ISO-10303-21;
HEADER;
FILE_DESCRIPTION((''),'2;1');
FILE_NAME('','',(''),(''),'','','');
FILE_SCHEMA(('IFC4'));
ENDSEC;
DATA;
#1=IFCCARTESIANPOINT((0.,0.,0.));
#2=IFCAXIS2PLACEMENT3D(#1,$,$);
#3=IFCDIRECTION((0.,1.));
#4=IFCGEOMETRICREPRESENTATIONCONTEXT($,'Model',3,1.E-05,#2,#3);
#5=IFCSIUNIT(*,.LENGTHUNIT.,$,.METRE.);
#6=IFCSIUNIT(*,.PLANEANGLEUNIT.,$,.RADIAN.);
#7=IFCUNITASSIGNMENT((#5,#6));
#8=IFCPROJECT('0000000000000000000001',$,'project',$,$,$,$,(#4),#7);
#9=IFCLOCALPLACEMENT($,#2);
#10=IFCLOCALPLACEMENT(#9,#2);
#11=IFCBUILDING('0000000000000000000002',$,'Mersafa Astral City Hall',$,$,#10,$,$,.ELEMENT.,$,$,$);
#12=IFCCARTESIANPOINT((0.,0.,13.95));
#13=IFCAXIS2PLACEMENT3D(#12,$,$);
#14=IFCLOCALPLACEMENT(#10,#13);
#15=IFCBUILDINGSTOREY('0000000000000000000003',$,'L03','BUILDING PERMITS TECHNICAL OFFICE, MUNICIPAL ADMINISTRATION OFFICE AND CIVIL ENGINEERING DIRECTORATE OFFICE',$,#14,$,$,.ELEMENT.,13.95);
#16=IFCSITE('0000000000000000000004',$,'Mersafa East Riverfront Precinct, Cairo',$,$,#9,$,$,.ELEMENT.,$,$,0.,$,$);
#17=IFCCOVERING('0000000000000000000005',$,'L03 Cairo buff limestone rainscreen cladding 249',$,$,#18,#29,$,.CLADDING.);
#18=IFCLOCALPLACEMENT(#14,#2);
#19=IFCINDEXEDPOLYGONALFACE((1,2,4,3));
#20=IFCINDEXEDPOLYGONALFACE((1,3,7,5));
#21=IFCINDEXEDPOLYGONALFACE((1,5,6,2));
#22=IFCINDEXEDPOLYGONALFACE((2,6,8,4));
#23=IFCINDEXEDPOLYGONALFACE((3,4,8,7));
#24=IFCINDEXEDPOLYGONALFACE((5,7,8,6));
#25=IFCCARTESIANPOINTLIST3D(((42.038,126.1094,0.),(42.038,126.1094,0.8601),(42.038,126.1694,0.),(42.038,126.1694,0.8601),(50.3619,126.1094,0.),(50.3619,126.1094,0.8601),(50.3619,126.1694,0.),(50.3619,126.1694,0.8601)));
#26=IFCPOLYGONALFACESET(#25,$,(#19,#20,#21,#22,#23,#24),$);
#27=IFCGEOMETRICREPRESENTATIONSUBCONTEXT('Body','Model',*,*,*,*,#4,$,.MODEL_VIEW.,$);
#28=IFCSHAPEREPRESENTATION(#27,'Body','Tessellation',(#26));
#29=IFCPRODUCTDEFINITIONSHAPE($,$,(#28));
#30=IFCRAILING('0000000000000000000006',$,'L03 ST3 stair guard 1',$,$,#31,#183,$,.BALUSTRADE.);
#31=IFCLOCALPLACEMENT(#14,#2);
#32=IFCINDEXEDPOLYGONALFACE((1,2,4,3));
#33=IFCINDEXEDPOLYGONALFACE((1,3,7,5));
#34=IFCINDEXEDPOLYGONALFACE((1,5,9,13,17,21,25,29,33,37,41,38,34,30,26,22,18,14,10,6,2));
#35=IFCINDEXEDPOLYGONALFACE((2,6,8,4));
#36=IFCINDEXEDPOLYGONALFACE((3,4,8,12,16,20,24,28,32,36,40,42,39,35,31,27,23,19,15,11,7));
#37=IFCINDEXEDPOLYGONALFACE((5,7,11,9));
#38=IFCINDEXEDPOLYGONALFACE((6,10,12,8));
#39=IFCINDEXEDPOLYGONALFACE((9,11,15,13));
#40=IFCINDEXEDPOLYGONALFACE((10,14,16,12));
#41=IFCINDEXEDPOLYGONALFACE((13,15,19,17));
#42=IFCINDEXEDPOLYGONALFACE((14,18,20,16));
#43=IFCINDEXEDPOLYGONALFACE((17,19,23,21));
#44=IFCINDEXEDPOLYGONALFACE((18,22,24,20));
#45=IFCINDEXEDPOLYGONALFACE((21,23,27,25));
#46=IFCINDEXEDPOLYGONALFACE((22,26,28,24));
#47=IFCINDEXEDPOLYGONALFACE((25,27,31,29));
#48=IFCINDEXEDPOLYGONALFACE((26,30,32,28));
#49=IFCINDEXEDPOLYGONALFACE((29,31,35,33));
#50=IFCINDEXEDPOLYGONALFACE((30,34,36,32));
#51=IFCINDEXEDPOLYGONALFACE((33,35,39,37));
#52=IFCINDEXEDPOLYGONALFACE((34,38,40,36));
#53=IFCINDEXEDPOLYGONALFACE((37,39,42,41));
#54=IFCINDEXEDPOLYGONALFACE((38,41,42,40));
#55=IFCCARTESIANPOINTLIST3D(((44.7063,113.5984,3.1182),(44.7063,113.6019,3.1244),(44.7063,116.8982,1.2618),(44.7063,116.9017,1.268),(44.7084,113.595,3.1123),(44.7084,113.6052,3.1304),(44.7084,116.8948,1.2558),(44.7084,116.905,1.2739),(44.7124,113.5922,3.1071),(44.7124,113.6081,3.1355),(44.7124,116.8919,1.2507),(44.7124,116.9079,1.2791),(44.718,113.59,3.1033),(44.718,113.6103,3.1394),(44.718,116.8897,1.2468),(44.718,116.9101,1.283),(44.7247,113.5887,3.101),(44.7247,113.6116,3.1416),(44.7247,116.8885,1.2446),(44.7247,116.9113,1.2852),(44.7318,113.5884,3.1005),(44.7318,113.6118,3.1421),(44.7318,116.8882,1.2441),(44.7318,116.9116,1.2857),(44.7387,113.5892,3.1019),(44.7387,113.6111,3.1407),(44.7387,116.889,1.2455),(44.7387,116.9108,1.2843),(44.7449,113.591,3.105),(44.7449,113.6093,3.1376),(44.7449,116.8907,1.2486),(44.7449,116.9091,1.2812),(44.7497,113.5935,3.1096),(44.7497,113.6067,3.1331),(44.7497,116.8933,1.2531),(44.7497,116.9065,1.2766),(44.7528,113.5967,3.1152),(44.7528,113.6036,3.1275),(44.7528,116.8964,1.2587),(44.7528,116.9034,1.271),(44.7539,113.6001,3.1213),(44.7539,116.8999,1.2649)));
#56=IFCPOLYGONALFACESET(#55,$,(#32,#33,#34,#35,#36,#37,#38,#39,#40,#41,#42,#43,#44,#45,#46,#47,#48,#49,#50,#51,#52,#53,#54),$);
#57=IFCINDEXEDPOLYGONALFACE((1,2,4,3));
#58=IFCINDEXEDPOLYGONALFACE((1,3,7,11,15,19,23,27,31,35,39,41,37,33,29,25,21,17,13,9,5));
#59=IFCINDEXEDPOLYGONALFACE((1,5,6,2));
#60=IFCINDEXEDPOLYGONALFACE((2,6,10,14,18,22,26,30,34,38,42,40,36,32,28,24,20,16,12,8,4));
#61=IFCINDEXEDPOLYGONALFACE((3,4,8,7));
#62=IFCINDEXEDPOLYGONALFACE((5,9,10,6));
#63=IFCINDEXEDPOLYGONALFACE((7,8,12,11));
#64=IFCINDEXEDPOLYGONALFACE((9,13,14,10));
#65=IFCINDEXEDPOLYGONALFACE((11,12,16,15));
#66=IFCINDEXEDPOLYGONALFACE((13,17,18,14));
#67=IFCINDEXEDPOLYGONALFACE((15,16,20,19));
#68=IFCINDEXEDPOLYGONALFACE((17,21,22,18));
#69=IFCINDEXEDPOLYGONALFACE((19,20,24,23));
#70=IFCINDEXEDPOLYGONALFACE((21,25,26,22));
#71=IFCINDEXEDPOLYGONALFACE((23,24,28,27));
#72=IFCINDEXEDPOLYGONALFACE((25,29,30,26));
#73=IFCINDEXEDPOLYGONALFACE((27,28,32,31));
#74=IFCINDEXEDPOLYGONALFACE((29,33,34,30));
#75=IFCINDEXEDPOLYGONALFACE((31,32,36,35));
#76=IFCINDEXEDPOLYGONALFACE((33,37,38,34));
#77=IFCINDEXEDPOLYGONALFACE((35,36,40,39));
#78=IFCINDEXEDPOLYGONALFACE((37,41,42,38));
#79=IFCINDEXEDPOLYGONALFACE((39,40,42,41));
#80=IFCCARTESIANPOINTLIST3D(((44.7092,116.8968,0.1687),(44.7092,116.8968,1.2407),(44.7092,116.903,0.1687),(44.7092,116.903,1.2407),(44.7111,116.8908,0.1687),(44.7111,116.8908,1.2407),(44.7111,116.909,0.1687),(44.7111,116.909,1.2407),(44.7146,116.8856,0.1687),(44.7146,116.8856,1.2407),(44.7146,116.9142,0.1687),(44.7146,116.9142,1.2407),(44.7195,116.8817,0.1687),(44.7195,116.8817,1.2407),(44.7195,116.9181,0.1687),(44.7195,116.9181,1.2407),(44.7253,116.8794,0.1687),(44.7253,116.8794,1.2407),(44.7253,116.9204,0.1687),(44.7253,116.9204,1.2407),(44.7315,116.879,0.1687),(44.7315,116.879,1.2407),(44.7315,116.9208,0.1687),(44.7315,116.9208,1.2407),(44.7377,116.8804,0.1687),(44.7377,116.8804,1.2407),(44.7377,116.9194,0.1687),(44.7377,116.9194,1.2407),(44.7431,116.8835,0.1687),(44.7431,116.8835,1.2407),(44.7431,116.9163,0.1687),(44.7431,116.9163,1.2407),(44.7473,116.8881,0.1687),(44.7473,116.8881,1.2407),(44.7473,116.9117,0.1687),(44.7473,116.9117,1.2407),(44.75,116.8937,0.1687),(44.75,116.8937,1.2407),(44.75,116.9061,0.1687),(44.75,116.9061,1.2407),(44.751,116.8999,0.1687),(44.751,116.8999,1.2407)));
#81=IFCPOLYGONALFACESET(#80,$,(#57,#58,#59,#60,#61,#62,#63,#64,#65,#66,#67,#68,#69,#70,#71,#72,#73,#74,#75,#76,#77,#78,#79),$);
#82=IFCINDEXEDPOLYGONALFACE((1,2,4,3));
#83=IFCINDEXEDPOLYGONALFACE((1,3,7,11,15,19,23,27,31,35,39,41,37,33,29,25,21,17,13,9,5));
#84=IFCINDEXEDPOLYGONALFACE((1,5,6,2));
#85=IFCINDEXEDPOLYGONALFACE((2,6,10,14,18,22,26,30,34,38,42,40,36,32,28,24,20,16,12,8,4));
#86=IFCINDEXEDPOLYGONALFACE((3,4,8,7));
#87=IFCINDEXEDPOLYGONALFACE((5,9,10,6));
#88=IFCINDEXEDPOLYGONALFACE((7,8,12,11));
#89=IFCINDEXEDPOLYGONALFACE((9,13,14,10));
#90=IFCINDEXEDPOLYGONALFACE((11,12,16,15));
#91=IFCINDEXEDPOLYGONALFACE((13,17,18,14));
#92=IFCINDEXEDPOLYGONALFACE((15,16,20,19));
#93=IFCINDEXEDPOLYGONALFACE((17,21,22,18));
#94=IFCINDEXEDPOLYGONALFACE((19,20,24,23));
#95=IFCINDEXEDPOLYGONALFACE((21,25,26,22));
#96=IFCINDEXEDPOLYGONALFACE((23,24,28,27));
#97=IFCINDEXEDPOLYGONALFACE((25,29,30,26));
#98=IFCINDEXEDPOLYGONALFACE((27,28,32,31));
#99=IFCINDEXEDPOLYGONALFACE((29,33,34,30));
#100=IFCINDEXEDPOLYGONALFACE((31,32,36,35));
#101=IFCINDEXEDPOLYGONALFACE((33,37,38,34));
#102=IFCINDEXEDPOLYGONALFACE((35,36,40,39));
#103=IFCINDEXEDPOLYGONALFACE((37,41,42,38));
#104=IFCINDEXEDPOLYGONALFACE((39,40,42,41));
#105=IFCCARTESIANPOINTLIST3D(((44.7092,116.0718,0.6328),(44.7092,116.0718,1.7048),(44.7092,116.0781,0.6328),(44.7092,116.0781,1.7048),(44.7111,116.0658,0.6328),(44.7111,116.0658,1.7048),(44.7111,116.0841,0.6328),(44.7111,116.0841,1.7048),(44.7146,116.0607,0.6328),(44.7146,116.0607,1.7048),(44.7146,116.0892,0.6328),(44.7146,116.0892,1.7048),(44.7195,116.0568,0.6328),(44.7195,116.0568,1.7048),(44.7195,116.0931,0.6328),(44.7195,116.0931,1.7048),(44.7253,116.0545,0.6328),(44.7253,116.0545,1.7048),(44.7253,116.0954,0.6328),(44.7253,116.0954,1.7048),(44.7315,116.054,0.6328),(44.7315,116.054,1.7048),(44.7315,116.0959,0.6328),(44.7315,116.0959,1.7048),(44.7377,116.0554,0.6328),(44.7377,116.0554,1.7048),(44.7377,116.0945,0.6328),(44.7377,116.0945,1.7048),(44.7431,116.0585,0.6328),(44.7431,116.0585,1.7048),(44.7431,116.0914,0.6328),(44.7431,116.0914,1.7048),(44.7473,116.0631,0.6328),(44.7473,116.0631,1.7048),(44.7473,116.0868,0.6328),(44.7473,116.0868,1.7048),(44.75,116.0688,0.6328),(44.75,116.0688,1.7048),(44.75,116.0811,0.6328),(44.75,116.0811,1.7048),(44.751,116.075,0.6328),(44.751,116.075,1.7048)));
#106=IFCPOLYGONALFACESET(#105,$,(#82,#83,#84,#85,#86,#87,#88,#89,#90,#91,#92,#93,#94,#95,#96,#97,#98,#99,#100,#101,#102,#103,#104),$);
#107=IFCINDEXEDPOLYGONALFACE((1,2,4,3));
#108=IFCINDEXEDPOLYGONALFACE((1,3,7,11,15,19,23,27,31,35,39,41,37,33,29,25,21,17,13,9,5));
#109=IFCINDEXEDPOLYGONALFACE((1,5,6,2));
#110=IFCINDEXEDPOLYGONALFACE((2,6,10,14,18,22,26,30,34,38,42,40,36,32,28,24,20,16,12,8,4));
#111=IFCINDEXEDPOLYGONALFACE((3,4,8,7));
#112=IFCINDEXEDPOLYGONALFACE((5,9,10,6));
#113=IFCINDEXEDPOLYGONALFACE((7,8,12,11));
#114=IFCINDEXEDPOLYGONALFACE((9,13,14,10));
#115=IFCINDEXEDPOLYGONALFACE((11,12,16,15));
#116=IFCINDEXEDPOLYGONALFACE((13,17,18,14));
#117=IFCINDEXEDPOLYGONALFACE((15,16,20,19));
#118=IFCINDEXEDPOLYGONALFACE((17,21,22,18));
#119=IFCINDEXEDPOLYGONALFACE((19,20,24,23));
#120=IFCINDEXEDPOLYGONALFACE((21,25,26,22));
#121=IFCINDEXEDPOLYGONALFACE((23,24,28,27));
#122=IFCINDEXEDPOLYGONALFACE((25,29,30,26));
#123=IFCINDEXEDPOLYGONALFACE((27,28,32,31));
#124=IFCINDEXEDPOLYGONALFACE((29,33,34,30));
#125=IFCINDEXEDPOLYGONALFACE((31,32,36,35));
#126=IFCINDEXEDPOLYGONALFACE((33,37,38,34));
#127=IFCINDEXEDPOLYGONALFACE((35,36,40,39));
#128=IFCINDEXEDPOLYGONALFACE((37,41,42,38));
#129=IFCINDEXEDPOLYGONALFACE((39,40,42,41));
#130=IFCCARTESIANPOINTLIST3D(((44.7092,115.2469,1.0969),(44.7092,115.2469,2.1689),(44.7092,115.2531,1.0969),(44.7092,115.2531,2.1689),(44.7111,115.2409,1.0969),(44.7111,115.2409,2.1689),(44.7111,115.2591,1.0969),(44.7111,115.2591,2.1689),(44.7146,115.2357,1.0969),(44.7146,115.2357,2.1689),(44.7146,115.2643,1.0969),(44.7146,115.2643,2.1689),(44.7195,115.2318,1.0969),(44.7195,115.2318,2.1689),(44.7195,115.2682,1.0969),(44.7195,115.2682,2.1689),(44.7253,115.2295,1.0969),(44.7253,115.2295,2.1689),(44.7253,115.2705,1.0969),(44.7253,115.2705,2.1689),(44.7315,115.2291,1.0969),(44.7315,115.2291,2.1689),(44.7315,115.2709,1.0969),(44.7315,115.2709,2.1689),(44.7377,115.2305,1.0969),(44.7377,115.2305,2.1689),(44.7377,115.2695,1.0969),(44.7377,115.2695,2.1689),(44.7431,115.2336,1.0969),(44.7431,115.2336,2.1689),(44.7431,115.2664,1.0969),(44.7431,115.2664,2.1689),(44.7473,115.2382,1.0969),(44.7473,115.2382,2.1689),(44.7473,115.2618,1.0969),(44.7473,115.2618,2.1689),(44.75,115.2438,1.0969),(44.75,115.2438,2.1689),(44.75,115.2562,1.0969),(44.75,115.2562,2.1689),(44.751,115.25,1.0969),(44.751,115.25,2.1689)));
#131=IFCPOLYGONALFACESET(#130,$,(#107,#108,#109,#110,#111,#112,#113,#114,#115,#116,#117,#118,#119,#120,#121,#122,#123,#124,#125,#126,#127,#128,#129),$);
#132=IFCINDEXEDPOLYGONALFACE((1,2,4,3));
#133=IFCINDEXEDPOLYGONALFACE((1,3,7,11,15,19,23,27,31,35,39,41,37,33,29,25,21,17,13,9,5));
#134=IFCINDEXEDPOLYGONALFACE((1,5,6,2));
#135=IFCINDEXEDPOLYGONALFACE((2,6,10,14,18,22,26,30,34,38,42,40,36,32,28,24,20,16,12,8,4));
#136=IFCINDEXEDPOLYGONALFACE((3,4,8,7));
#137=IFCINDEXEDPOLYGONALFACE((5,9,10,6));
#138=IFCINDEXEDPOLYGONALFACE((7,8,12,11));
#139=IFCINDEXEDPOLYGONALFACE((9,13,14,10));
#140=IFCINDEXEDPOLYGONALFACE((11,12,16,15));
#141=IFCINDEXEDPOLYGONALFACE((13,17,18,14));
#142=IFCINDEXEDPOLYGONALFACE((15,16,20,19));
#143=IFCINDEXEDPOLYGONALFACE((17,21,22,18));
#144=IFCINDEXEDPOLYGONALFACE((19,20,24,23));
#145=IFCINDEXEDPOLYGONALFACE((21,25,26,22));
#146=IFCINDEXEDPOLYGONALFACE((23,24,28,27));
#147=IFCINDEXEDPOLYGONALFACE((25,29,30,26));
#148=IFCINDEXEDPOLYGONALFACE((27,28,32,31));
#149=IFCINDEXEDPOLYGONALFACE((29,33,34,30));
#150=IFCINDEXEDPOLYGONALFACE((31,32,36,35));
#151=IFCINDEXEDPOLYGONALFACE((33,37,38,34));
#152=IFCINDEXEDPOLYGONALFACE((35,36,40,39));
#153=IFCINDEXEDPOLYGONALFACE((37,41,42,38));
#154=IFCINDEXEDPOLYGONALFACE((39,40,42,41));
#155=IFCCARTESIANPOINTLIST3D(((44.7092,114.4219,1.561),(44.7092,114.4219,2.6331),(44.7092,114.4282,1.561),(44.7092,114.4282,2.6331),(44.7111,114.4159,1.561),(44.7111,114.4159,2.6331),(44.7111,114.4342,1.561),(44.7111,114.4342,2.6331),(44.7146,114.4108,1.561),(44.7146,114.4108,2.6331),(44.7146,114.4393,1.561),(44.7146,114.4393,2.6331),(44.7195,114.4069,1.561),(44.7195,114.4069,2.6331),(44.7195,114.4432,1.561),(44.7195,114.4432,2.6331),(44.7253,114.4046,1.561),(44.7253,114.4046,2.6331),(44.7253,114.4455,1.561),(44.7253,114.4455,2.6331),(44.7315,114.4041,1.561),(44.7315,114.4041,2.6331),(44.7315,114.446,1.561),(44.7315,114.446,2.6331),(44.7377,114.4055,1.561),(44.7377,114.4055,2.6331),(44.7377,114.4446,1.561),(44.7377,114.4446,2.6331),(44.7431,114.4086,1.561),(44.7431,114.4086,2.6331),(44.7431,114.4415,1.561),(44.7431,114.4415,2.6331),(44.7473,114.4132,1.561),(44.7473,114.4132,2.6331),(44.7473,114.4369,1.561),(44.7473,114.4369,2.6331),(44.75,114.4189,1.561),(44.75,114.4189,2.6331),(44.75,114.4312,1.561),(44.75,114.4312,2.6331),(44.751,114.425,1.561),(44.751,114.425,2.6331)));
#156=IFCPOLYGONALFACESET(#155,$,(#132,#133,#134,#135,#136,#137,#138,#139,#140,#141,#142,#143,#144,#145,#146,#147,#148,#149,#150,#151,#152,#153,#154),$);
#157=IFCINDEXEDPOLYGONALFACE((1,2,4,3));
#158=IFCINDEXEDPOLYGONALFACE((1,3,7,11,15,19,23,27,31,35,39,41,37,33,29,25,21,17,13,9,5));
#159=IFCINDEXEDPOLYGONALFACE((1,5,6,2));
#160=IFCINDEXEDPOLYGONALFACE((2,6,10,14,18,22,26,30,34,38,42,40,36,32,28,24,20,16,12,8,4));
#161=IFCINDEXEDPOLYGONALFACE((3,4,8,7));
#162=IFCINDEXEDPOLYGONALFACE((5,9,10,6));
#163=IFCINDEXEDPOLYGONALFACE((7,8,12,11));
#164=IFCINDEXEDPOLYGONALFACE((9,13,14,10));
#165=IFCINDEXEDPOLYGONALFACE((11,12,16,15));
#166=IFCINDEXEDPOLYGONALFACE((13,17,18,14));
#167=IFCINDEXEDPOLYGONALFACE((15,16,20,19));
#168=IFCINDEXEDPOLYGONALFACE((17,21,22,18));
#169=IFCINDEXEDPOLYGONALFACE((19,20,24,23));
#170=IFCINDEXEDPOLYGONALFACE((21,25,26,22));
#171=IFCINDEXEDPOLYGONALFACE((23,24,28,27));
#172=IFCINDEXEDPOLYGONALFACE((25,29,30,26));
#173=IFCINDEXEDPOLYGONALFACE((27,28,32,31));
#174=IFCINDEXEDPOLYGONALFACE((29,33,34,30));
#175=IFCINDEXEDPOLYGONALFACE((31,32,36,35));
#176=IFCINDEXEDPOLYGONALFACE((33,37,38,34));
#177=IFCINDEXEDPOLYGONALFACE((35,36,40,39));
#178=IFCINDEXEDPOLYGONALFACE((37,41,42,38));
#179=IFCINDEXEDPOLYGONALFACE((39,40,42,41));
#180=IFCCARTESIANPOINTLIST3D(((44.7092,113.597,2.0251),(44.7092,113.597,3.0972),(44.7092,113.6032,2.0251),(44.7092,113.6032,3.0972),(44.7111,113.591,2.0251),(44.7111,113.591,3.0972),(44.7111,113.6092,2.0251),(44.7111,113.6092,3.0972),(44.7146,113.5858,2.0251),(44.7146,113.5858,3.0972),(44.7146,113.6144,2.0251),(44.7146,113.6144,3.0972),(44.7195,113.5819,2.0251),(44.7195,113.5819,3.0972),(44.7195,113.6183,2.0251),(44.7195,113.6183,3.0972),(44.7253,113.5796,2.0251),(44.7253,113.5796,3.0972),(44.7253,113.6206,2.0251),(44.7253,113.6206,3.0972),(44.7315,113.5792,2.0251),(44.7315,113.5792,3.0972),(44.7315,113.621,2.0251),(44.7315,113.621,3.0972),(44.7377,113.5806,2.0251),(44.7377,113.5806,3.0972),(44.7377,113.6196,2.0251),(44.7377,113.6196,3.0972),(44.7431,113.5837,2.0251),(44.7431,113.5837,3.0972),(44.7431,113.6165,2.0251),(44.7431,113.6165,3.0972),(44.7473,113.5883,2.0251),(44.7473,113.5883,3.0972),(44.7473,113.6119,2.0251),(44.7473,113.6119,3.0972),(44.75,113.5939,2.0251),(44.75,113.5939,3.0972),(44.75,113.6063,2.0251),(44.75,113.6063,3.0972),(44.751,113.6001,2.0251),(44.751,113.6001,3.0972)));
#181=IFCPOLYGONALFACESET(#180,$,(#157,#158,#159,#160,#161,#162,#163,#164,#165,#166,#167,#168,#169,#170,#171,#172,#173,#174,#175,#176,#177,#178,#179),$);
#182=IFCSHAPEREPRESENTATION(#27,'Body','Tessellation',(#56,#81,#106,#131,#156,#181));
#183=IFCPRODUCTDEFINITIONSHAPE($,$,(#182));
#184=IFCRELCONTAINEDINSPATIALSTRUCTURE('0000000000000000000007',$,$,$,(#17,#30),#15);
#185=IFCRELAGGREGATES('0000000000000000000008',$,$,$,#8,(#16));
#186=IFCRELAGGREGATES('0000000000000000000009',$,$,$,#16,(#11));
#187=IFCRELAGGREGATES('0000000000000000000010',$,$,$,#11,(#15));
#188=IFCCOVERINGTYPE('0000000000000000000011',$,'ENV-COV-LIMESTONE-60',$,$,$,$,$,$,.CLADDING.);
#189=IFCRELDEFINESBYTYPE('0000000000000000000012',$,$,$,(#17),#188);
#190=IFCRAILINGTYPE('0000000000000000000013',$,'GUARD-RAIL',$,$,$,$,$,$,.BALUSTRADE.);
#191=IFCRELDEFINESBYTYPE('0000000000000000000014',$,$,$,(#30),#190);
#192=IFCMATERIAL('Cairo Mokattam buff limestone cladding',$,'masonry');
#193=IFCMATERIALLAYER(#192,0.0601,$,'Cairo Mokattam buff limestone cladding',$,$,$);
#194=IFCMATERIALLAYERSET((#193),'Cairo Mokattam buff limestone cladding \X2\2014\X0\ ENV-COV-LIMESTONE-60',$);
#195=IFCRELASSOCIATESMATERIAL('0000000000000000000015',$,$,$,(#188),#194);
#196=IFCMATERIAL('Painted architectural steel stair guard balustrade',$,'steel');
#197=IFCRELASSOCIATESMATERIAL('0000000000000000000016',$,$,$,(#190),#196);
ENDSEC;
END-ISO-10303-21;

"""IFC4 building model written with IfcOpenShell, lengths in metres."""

from ifc_helpers import new_model, si_unit, direction, frame, origin, origin_2d, place, context, subcontext, project, spatial, rectangle, circle, extrude, material, layer, layer_set, type_object, element, save


model = new_model("IFC4")

# Units and contexts
model_context = context("Model", 3, precision=1e-05, world=origin(), true_north=direction((0.0, 1.0)))
body_context = subcontext(model_context, "Body", "Model", "MODEL_VIEW")
ifc_project = project(units=[si_unit("LENGTHUNIT", "METRE"), si_unit("PLANEANGLEUNIT", "RADIAN")], contexts=[model_context])

# Site, building, storey
site_placement = place(None, origin())
site = spatial("IfcSite", under=ifc_project, at=site_placement, Name="Mersafa East Riverfront Precinct, Cairo", CompositionType="ELEMENT", RefElevation=0.0)
building_placement = place(site_placement, origin())
building = spatial("IfcBuilding", under=site, at=building_placement, Name="Mersafa Astral City Hall", CompositionType="ELEMENT")
storey_placement = place(building_placement, frame((0.0, 0.0, 13.95)))
storey = spatial("IfcBuildingStorey", under=building, at=storey_placement, Name="L03", Description="BUILDING PERMITS TECHNICAL OFFICE, MUNICIPAL ADMINISTRATION OFFICE AND CIVIL ENGINEERING DIRECTORATE OFFICE", CompositionType="ELEMENT", Elevation=13.95)

# Covering
ifc_material_1 = material(Name="Cairo Mokattam buff limestone cladding", Category="masonry")
ifc_layer_1 = layer(ifc_material_1, 0.0601, Name="Cairo Mokattam buff limestone cladding")
ifc_layer_set_1 = layer_set([ifc_layer_1], Name="Cairo Mokattam buff limestone cladding — ENV-COV-LIMESTONE-60")
covering_type = type_object("IfcCoveringType", Name="ENV-COV-LIMESTONE-60", PredefinedType="CLADDING", material=ifc_layer_set_1)
covering_placement = place(storey_placement, frame((46.2, 126.1394, 0.0), z_axis=(0.0, 0.0, 1.0), x_axis=(-1.0, 0.0, 0.0)))
element("IfcCovering", 1, at=covering_placement, inside=storey, type_object=covering_type, Name="L03 Cairo buff limestone rainscreen cladding 249", PredefinedType="CLADDING", context=body_context, shape_type="SweptSolid", body=[
    extrude(rectangle(XDim=8.324, YDim=0.0601, at=origin_2d()), origin(), (0.0, 0.0, 1.0), 0.8601),
])

# Railing
ifc_material_2 = material(Name="Painted architectural steel stair guard balustrade", Category="steel")
railing_type_1 = type_object("IfcRailingType", Name="GUARD-RAIL", PredefinedType="BALUSTRADE", material=ifc_material_2)
railing_1_placement = place(storey_placement, frame((44.73, 116.8999, 0.1687)))
element("IfcRailing", 2, at=railing_1_placement, inside=storey, type_object=railing_type_1, Name="L03 ST3 stair guard 1", PredefinedType="BALUSTRADE", context=body_context, shape_type="SweptSolid", body=[
    extrude(circle(Radius=0.0239, at=origin_2d()), frame((0.0, 0.0, 1.0962), z_axis=(0.0, -0.871541, 0.490322), x_axis=(1.0, 0.0, 0.0)), (0.0, 0.0, 1.0), 3.7861),
    extrude(circle(Radius=0.021, at=origin_2d()), origin(), (0.0, 0.0, 1.0), 1.072),
    extrude(circle(Radius=0.021, at=origin_2d()), frame((0.0, -0.825, 0.4641)), (0.0, 0.0, 1.0), 1.072),
    extrude(circle(Radius=0.021, at=origin_2d()), frame((0.0, -1.6499, 0.9282)), (0.0, 0.0, 1.0), 1.072),
    extrude(circle(Radius=0.021, at=origin_2d()), frame((0.0, -2.4749, 1.3923)), (0.0, 0.0, 1.0), 1.072),
    extrude(circle(Radius=0.021, at=origin_2d()), frame((0.0, -3.2998, 1.8564)), (0.0, 0.0, 1.0), 1.072),
])

save(model, "model.ifc")
